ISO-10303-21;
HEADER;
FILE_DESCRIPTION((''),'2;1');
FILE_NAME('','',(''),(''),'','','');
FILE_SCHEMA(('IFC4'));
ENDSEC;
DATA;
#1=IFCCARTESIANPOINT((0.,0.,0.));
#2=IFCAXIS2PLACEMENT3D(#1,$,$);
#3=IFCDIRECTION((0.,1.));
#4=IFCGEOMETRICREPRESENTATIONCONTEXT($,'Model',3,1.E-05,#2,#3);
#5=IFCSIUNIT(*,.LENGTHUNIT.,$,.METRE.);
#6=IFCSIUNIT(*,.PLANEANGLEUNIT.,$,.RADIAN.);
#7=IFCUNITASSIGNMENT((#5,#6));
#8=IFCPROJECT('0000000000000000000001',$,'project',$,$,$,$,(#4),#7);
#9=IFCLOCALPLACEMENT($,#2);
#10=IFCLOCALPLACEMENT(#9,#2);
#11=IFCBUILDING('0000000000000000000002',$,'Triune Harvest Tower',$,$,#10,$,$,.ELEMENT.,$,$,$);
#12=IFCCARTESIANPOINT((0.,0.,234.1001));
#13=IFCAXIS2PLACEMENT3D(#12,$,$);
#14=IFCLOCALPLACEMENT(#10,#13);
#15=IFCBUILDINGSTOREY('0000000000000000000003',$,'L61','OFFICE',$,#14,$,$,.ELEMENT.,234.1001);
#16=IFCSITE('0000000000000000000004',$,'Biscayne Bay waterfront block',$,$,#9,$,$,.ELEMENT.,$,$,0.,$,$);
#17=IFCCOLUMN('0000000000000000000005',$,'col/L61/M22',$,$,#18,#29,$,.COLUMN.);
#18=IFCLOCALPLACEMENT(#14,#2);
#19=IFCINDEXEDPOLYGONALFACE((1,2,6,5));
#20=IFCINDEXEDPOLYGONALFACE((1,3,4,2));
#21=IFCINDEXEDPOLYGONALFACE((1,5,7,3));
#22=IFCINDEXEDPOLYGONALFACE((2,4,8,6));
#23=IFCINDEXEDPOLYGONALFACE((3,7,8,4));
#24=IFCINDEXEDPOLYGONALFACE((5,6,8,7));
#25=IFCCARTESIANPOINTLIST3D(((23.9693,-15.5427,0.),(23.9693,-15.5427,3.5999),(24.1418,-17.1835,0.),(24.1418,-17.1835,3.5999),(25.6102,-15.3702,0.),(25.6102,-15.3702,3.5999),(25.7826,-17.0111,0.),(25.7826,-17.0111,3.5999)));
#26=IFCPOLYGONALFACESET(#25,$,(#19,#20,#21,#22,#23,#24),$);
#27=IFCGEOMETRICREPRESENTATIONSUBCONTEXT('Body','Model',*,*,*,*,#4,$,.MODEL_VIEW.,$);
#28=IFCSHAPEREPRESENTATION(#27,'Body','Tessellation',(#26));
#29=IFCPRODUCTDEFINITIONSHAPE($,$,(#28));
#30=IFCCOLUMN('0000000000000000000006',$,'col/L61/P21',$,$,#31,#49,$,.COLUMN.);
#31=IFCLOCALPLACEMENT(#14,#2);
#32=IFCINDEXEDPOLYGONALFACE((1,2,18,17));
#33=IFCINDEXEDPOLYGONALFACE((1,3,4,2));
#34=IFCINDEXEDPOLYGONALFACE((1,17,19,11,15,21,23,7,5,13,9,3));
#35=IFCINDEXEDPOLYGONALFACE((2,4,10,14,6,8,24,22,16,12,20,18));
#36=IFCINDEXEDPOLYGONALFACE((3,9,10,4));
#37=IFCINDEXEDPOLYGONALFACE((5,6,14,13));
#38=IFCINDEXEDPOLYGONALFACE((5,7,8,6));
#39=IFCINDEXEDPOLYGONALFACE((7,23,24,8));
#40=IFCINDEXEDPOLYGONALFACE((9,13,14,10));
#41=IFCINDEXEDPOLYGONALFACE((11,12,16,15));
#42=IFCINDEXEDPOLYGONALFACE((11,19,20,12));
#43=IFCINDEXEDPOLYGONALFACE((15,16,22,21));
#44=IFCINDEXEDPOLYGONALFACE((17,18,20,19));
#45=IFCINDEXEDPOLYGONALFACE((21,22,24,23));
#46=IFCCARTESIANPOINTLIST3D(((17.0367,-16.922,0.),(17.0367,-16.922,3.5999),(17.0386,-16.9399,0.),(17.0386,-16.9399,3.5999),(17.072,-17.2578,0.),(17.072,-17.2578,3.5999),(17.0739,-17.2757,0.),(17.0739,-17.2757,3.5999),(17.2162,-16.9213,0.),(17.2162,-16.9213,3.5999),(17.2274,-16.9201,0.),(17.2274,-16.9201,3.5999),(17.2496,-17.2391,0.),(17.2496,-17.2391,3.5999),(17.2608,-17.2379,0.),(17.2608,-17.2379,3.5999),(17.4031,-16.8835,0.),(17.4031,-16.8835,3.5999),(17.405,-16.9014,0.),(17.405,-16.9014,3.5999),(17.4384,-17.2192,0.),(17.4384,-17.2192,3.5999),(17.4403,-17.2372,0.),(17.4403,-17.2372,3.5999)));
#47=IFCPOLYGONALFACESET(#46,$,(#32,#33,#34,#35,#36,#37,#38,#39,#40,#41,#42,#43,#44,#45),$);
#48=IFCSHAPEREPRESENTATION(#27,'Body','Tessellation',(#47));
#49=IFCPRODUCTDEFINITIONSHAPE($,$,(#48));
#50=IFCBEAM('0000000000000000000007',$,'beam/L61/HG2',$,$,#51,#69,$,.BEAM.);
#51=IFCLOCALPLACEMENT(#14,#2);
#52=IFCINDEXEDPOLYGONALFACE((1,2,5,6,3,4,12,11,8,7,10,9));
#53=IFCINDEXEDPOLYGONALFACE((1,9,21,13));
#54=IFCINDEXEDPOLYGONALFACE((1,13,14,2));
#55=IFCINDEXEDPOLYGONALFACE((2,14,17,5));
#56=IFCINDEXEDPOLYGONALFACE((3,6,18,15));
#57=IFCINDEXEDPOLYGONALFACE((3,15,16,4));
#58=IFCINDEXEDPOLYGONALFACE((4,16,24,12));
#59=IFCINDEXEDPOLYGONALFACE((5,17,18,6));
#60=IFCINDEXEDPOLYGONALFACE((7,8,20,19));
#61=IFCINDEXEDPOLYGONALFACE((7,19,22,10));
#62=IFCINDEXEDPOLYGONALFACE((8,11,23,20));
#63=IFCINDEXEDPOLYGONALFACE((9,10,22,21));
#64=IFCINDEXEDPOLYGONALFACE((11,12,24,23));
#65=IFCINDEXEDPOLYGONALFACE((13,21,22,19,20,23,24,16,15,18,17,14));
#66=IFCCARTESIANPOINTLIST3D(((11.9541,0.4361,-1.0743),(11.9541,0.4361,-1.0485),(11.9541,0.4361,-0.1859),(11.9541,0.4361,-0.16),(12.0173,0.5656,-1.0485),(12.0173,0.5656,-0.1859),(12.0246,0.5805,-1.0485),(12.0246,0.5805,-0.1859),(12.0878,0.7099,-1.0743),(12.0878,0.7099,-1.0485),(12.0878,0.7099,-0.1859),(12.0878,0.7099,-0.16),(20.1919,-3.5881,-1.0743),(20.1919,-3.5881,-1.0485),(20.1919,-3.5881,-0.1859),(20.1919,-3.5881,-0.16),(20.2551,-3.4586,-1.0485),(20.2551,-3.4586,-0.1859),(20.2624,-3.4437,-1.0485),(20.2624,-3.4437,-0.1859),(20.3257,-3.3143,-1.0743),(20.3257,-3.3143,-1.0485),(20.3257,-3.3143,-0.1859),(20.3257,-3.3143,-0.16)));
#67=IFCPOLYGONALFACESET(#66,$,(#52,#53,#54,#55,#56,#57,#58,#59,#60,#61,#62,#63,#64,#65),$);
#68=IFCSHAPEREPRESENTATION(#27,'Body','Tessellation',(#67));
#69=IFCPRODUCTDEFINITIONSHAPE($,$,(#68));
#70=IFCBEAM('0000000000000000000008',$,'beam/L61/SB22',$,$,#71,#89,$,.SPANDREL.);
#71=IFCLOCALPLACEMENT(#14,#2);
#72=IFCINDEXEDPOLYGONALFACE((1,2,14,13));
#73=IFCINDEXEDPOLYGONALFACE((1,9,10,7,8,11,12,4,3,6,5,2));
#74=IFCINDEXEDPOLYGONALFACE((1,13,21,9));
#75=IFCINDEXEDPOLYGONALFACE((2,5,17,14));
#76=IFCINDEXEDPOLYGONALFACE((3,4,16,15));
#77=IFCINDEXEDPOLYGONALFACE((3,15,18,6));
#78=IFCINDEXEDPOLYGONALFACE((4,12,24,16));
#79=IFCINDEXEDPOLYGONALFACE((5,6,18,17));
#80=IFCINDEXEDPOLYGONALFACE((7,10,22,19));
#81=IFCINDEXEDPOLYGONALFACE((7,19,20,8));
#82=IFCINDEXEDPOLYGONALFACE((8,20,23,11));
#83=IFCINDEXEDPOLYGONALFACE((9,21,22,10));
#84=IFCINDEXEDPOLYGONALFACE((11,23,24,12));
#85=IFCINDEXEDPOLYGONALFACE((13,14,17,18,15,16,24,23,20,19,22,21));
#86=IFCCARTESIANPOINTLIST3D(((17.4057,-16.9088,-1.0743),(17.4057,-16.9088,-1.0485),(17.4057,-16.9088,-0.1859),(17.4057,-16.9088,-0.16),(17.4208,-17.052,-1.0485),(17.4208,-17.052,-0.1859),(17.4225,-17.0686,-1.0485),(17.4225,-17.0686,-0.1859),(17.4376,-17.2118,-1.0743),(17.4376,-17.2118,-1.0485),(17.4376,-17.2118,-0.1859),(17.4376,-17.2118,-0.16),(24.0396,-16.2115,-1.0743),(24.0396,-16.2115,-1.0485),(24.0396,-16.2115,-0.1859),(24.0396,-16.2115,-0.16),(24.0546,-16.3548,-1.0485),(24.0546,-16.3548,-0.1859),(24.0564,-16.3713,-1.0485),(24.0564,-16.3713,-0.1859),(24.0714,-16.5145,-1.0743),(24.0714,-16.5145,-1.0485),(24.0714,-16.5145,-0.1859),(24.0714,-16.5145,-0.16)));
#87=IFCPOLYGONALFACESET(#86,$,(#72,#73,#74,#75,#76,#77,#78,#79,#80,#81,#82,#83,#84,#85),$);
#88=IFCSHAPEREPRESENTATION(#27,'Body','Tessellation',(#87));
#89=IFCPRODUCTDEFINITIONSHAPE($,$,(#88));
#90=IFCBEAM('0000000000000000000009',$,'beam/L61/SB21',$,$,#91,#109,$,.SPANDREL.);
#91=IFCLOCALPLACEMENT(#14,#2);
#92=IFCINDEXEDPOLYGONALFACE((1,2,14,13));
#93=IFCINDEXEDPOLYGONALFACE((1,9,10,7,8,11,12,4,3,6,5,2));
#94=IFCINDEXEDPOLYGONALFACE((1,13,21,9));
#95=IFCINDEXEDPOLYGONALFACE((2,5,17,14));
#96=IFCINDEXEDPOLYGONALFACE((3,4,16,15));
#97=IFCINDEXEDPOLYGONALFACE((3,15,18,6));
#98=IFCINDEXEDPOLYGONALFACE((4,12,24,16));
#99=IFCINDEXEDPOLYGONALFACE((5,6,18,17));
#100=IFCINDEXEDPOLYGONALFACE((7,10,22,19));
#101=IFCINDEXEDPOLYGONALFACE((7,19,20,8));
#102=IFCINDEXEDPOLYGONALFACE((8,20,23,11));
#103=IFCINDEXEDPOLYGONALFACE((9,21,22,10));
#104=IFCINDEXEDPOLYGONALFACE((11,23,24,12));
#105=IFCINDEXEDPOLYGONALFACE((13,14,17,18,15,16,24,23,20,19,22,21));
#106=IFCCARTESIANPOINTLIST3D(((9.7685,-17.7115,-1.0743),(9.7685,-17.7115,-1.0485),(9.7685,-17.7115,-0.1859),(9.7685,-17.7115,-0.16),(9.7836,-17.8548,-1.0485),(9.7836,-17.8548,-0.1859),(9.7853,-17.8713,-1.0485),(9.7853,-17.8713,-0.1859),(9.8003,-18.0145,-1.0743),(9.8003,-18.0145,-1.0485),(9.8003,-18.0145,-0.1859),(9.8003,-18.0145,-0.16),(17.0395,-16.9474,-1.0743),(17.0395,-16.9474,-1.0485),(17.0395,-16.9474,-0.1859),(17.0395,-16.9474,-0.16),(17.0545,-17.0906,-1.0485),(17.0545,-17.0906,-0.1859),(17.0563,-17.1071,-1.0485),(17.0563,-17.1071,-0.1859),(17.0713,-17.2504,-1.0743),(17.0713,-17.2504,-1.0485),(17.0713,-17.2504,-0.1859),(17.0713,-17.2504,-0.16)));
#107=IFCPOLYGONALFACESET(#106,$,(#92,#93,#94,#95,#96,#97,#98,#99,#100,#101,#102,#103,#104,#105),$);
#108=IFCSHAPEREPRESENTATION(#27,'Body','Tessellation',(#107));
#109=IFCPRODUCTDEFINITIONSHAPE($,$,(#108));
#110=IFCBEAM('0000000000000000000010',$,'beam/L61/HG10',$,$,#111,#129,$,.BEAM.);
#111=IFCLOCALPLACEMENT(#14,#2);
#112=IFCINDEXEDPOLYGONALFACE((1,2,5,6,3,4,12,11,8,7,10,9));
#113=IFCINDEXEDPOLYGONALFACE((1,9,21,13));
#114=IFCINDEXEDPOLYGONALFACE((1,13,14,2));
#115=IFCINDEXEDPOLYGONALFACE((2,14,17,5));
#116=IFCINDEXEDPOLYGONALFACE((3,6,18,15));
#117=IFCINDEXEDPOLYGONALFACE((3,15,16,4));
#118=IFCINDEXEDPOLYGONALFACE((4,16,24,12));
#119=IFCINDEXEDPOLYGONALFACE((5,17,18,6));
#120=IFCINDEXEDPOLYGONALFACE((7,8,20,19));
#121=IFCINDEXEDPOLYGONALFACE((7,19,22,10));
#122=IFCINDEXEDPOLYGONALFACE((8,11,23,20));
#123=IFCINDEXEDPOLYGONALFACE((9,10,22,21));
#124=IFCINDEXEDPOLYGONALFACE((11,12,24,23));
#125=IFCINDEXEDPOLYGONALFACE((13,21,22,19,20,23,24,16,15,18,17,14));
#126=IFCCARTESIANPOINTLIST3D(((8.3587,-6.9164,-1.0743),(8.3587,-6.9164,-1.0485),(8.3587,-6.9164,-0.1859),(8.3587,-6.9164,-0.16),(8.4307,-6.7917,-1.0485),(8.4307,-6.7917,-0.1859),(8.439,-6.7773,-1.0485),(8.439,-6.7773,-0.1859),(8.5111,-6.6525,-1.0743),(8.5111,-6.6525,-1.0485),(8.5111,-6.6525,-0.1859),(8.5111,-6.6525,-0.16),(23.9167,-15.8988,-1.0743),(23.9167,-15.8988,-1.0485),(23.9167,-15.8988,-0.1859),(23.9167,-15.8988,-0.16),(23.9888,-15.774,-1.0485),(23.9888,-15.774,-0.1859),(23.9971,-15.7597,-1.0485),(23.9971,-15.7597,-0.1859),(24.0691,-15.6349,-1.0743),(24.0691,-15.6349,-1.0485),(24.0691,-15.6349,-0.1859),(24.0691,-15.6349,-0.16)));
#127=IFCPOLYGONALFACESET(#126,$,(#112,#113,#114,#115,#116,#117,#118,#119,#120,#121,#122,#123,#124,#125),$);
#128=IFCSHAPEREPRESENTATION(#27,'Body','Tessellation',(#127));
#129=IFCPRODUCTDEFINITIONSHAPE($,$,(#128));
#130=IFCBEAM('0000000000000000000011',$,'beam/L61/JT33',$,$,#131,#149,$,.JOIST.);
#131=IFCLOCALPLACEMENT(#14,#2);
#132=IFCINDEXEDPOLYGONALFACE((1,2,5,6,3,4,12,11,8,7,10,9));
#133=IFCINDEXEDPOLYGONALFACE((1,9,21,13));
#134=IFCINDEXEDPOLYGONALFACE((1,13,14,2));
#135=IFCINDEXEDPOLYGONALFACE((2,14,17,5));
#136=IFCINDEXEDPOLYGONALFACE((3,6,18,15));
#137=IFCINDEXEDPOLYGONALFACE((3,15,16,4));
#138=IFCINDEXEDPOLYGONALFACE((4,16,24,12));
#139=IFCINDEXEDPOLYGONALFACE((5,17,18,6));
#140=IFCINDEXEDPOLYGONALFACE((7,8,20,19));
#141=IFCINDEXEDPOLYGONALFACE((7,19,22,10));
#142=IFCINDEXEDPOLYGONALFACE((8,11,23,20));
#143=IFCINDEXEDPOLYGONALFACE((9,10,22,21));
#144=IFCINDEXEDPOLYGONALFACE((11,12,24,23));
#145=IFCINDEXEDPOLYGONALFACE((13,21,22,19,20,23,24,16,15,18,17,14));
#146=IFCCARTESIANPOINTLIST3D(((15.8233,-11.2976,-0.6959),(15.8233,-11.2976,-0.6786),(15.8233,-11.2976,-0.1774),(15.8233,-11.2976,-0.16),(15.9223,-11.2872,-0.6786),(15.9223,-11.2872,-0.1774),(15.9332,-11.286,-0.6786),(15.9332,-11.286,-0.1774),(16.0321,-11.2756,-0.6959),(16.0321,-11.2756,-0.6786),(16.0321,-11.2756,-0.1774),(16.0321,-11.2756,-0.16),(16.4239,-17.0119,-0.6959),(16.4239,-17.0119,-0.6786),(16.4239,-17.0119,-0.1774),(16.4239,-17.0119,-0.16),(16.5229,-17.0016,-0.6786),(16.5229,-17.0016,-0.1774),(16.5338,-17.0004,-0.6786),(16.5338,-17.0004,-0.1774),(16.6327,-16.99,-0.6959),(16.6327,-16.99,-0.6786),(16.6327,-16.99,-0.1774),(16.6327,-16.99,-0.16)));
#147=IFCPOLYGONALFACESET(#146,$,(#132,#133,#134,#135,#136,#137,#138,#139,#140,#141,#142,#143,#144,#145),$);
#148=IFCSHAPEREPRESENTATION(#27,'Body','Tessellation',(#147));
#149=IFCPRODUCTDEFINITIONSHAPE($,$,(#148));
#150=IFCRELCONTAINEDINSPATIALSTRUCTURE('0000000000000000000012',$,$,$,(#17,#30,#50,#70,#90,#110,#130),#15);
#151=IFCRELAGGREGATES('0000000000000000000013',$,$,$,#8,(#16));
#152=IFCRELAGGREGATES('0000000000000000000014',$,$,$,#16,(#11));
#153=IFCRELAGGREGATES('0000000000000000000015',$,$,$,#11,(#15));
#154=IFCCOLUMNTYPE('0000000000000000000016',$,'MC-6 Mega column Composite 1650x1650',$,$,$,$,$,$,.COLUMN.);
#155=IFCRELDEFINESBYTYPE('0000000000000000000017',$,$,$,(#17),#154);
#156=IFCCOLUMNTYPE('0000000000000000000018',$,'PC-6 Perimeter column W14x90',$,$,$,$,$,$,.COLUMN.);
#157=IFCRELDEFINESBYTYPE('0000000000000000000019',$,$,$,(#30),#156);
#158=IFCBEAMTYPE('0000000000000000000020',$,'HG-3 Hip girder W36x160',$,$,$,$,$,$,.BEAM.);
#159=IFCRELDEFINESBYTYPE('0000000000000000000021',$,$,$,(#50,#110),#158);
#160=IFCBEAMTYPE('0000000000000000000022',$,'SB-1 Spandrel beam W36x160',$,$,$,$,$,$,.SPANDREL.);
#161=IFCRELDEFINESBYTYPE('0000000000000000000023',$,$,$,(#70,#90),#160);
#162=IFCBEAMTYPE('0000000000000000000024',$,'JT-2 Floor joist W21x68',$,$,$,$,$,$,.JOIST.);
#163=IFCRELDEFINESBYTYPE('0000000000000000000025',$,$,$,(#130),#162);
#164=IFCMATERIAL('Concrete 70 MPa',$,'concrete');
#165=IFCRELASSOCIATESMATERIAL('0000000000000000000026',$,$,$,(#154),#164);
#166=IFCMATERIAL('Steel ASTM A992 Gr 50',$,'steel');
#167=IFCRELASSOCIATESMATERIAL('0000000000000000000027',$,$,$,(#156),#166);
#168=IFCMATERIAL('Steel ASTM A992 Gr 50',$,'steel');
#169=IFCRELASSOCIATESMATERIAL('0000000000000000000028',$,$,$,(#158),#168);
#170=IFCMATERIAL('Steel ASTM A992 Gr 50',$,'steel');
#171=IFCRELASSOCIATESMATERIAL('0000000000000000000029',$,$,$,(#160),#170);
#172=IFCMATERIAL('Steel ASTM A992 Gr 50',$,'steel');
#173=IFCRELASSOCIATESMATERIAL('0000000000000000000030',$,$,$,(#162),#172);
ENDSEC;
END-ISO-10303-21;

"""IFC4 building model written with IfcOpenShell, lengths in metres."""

from ifc_helpers import new_model, si_unit, direction, frame, origin, origin_2d, place, context, subcontext, project, spatial, rectangle, i_section, extrude, source, transform, mapped, material, material_profile, profile_set, type_object, element, save


model = new_model("IFC4")

# Units and contexts
model_context = context("Model", 3, precision=1e-05, world=origin(), true_north=direction((0.0, 1.0)))
body_context = subcontext(model_context, "Body", "Model", "MODEL_VIEW")
ifc_project = project(units=[si_unit("LENGTHUNIT", "METRE"), si_unit("PLANEANGLEUNIT", "RADIAN")], contexts=[model_context])

# Site, building, storey
site_placement = place(None, origin())
site = spatial("IfcSite", under=ifc_project, at=site_placement, Name="Biscayne Bay waterfront block", CompositionType="ELEMENT", RefElevation=0.0)
building_placement = place(site_placement, origin())
building = spatial("IfcBuilding", under=site, at=building_placement, Name="Triune Harvest Tower", CompositionType="ELEMENT")
storey_placement = place(building_placement, frame((0.0, 0.0, 234.1001)))
storey = spatial("IfcBuildingStorey", under=building, at=storey_placement, Name="L61", Description="OFFICE", CompositionType="ELEMENT", Elevation=234.1001)

# Columns
ifc_material_1 = material(Name="Concrete 70 MPa", Category="concrete")
ifc_material_profile_1 = material_profile(ifc_material_1, rectangle(XDim=1.6499, YDim=1.6499, at=origin_2d()), Name="Composite 1650x1650")
ifc_profile_set_1 = profile_set([ifc_material_profile_1], Name="Concrete 70 MPa")
column_type_1 = type_object("IfcColumnType", Name="MC-6 Mega column Composite 1650x1650", PredefinedType="COLUMN", material=ifc_profile_set_1)
shared_shape_1 = source(origin(), body_context, "Body", "SweptSolid", [
    extrude(rectangle(XDim=1.6499, YDim=1.6499, at=origin_2d()), origin(), (0.0, 0.0, 1.0), 3.5999),
])
column_1_placement = place(storey_placement, frame((24.876, -16.2769, 0.0), z_axis=(0.0, 0.0, 1.0), x_axis=(0.994522, 0.10453, 0.0)))
element("IfcColumn", 1, at=column_1_placement, inside=storey, type_object=column_type_1, Name="col/L61/M22", PredefinedType="COLUMN", context=body_context, shape_type="MappedRepresentation", body=[
    mapped(shared_shape_1, transform((0.0, 0.0, 0.0), scale=1.0)),
])
ifc_material_2 = material(Name="Steel ASTM A992 Gr 50", Category="steel")
ifc_material_profile_2 = material_profile(ifc_material_2, i_section(OverallWidth=0.3684, OverallDepth=0.3557, WebThickness=0.0112, FlangeThickness=0.0181, at=origin_2d()), Name="W14x90")
ifc_profile_set_2 = profile_set([ifc_material_profile_2], Name="Steel ASTM A992 Gr 50")
column_type_2 = type_object("IfcColumnType", Name="PC-6 Perimeter column W14x90", PredefinedType="COLUMN", material=ifc_profile_set_2)
shared_shape_2 = source(origin(), body_context, "Body", "SweptSolid", [
    extrude(i_section(OverallWidth=0.3684, OverallDepth=0.3557, WebThickness=0.0112, FlangeThickness=0.0181, at=origin_2d()), origin(), (0.0, 0.0, 1.0), 3.5999),
])
column_2_placement = place(storey_placement, frame((17.2385, -17.0796, 0.0), z_axis=(0.0, 0.0, 1.0), x_axis=(0.994522, 0.10453, 0.0)))
element("IfcColumn", 2, at=column_2_placement, inside=storey, type_object=column_type_2, Name="col/L61/P21", PredefinedType="COLUMN", context=body_context, shape_type="MappedRepresentation", body=[
    mapped(shared_shape_2, transform((0.0, 0.0, 0.0), scale=1.0)),
])

# Beams
ifc_material_3 = material(Name="Steel ASTM A992 Gr 50", Category="steel")
ifc_material_profile_3 = material_profile(ifc_material_3, i_section(OverallWidth=0.3047, OverallDepth=0.9143, WebThickness=0.0166, FlangeThickness=0.0259, at=origin_2d()), Name="W36x160")
ifc_profile_set_3 = profile_set([ifc_material_profile_3], Name="Steel ASTM A992 Gr 50")
beam_type_1 = type_object("IfcBeamType", Name="HG-3 Hip girder W36x160", PredefinedType="BEAM", material=ifc_profile_set_3)
shared_shape_3 = source(origin(), body_context, "Body", "SweptSolid", [
    extrude(i_section(OverallWidth=0.3047, OverallDepth=0.9143, WebThickness=0.0166, FlangeThickness=0.0259, at=origin_2d()), origin(), (0.0, 0.0, 1.0), 9.1682),
])
beam_1_placement = place(storey_placement, frame((20.2588, -3.4512, -0.6172), z_axis=(-0.898522, 0.438929, 0.0), x_axis=(-0.438929, -0.898522, 0.0)))
element("IfcBeam", 3, at=beam_1_placement, inside=storey, type_object=beam_type_1, Name="beam/L61/HG2", PredefinedType="BEAM", context=body_context, shape_type="MappedRepresentation", body=[
    mapped(shared_shape_3, transform((0.0, 0.0, 0.0), scale=1.0)),
])
ifc_material_4 = material(Name="Steel ASTM A992 Gr 50", Category="steel")
ifc_material_profile_4 = material_profile(ifc_material_4, i_section(OverallWidth=0.3047, OverallDepth=0.9143, WebThickness=0.0166, FlangeThickness=0.0259, at=origin_2d()), Name="W36x160")
ifc_profile_set_4 = profile_set([ifc_material_profile_4], Name="Steel ASTM A992 Gr 50")
beam_type_2 = type_object("IfcBeamType", Name="SB-1 Spandrel beam W36x160", PredefinedType="SPANDREL", material=ifc_profile_set_4)
shared_shape_4 = source(origin(), body_context, "Body", "SweptSolid", [
    extrude(i_section(OverallWidth=0.3047, OverallDepth=0.9143, WebThickness=0.0166, FlangeThickness=0.0259, at=origin_2d()), origin(), (0.0, 0.0, 1.0), 6.6704),
])
beam_2_placement = place(storey_placement, frame((17.4216, -17.0603, -0.6172), z_axis=(0.994521, 0.104532, 0.0), x_axis=(-0.104532, 0.994521, 0.0)))
element("IfcBeam", 4, at=beam_2_placement, inside=storey, type_object=beam_type_2, Name="beam/L61/SB22", PredefinedType="SPANDREL", context=body_context, shape_type="MappedRepresentation", body=[
    mapped(shared_shape_4, transform((0.0, 0.0, 0.0), scale=1.0)),
])
shared_shape_5 = source(origin(), body_context, "Body", "SweptSolid", [
    extrude(i_section(OverallWidth=0.3047, OverallDepth=0.9143, WebThickness=0.0166, FlangeThickness=0.0259, at=origin_2d()), origin(), (0.0, 0.0, 1.0), 7.311),
])
beam_3_placement = place(storey_placement, frame((9.7844, -17.863, -0.6172), z_axis=(0.994523, 0.104521, 0.0), x_axis=(-0.104521, 0.994523, 0.0)))
element("IfcBeam", 5, at=beam_3_placement, inside=storey, type_object=beam_type_2, Name="beam/L61/SB21", PredefinedType="SPANDREL", context=body_context, shape_type="MappedRepresentation", body=[
    mapped(shared_shape_5, transform((0.0, 0.0, 0.0), scale=1.0)),
])
shared_shape_6 = source(origin(), body_context, "Body", "SweptSolid", [
    extrude(i_section(OverallWidth=0.3047, OverallDepth=0.9143, WebThickness=0.0166, FlangeThickness=0.0259, at=origin_2d()), origin(), (0.0, 0.0, 1.0), 17.9648),
])
beam_4_placement = place(storey_placement, frame((23.9929, -15.7668, -0.6172), z_axis=(-0.866027, 0.499998, 0.0), x_axis=(-0.499998, -0.866027, 0.0)))
element("IfcBeam", 6, at=beam_4_placement, inside=storey, type_object=beam_type_1, Name="beam/L61/HG10", PredefinedType="BEAM", context=body_context, shape_type="MappedRepresentation", body=[
    mapped(shared_shape_6, transform((0.0, 0.0, 0.0), scale=1.0)),
])
ifc_material_5 = material(Name="Steel ASTM A992 Gr 50", Category="steel")
ifc_material_profile_5 = material_profile(ifc_material_5, i_section(OverallWidth=0.21, OverallDepth=0.5359, WebThickness=0.011, FlangeThickness=0.0173, at=origin_2d()), Name="W21x68")
ifc_profile_set_5 = profile_set([ifc_material_profile_5], Name="Steel ASTM A992 Gr 50")
beam_type_3 = type_object("IfcBeamType", Name="JT-2 Floor joist W21x68", PredefinedType="JOIST", material=ifc_profile_set_5)
shared_shape_7 = source(origin(), body_context, "Body", "SweptSolid", [
    extrude(i_section(OverallWidth=0.21, OverallDepth=0.5359, WebThickness=0.011, FlangeThickness=0.0173, at=origin_2d()), origin(), (0.0, 0.0, 1.0), 5.7458),
])
beam_5_placement = place(storey_placement, frame((16.5283, -17.001, -0.428), z_axis=(-0.104526, 0.994522, 0.0), x_axis=(-0.994522, -0.104526, 0.0)))
element("IfcBeam", 7, at=beam_5_placement, inside=storey, type_object=beam_type_3, Name="beam/L61/JT33", PredefinedType="JOIST", context=body_context, shape_type="MappedRepresentation", body=[
    mapped(shared_shape_7, transform((0.0, 0.0, 0.0), scale=1.0)),
])

save(model, "model.ifc")
